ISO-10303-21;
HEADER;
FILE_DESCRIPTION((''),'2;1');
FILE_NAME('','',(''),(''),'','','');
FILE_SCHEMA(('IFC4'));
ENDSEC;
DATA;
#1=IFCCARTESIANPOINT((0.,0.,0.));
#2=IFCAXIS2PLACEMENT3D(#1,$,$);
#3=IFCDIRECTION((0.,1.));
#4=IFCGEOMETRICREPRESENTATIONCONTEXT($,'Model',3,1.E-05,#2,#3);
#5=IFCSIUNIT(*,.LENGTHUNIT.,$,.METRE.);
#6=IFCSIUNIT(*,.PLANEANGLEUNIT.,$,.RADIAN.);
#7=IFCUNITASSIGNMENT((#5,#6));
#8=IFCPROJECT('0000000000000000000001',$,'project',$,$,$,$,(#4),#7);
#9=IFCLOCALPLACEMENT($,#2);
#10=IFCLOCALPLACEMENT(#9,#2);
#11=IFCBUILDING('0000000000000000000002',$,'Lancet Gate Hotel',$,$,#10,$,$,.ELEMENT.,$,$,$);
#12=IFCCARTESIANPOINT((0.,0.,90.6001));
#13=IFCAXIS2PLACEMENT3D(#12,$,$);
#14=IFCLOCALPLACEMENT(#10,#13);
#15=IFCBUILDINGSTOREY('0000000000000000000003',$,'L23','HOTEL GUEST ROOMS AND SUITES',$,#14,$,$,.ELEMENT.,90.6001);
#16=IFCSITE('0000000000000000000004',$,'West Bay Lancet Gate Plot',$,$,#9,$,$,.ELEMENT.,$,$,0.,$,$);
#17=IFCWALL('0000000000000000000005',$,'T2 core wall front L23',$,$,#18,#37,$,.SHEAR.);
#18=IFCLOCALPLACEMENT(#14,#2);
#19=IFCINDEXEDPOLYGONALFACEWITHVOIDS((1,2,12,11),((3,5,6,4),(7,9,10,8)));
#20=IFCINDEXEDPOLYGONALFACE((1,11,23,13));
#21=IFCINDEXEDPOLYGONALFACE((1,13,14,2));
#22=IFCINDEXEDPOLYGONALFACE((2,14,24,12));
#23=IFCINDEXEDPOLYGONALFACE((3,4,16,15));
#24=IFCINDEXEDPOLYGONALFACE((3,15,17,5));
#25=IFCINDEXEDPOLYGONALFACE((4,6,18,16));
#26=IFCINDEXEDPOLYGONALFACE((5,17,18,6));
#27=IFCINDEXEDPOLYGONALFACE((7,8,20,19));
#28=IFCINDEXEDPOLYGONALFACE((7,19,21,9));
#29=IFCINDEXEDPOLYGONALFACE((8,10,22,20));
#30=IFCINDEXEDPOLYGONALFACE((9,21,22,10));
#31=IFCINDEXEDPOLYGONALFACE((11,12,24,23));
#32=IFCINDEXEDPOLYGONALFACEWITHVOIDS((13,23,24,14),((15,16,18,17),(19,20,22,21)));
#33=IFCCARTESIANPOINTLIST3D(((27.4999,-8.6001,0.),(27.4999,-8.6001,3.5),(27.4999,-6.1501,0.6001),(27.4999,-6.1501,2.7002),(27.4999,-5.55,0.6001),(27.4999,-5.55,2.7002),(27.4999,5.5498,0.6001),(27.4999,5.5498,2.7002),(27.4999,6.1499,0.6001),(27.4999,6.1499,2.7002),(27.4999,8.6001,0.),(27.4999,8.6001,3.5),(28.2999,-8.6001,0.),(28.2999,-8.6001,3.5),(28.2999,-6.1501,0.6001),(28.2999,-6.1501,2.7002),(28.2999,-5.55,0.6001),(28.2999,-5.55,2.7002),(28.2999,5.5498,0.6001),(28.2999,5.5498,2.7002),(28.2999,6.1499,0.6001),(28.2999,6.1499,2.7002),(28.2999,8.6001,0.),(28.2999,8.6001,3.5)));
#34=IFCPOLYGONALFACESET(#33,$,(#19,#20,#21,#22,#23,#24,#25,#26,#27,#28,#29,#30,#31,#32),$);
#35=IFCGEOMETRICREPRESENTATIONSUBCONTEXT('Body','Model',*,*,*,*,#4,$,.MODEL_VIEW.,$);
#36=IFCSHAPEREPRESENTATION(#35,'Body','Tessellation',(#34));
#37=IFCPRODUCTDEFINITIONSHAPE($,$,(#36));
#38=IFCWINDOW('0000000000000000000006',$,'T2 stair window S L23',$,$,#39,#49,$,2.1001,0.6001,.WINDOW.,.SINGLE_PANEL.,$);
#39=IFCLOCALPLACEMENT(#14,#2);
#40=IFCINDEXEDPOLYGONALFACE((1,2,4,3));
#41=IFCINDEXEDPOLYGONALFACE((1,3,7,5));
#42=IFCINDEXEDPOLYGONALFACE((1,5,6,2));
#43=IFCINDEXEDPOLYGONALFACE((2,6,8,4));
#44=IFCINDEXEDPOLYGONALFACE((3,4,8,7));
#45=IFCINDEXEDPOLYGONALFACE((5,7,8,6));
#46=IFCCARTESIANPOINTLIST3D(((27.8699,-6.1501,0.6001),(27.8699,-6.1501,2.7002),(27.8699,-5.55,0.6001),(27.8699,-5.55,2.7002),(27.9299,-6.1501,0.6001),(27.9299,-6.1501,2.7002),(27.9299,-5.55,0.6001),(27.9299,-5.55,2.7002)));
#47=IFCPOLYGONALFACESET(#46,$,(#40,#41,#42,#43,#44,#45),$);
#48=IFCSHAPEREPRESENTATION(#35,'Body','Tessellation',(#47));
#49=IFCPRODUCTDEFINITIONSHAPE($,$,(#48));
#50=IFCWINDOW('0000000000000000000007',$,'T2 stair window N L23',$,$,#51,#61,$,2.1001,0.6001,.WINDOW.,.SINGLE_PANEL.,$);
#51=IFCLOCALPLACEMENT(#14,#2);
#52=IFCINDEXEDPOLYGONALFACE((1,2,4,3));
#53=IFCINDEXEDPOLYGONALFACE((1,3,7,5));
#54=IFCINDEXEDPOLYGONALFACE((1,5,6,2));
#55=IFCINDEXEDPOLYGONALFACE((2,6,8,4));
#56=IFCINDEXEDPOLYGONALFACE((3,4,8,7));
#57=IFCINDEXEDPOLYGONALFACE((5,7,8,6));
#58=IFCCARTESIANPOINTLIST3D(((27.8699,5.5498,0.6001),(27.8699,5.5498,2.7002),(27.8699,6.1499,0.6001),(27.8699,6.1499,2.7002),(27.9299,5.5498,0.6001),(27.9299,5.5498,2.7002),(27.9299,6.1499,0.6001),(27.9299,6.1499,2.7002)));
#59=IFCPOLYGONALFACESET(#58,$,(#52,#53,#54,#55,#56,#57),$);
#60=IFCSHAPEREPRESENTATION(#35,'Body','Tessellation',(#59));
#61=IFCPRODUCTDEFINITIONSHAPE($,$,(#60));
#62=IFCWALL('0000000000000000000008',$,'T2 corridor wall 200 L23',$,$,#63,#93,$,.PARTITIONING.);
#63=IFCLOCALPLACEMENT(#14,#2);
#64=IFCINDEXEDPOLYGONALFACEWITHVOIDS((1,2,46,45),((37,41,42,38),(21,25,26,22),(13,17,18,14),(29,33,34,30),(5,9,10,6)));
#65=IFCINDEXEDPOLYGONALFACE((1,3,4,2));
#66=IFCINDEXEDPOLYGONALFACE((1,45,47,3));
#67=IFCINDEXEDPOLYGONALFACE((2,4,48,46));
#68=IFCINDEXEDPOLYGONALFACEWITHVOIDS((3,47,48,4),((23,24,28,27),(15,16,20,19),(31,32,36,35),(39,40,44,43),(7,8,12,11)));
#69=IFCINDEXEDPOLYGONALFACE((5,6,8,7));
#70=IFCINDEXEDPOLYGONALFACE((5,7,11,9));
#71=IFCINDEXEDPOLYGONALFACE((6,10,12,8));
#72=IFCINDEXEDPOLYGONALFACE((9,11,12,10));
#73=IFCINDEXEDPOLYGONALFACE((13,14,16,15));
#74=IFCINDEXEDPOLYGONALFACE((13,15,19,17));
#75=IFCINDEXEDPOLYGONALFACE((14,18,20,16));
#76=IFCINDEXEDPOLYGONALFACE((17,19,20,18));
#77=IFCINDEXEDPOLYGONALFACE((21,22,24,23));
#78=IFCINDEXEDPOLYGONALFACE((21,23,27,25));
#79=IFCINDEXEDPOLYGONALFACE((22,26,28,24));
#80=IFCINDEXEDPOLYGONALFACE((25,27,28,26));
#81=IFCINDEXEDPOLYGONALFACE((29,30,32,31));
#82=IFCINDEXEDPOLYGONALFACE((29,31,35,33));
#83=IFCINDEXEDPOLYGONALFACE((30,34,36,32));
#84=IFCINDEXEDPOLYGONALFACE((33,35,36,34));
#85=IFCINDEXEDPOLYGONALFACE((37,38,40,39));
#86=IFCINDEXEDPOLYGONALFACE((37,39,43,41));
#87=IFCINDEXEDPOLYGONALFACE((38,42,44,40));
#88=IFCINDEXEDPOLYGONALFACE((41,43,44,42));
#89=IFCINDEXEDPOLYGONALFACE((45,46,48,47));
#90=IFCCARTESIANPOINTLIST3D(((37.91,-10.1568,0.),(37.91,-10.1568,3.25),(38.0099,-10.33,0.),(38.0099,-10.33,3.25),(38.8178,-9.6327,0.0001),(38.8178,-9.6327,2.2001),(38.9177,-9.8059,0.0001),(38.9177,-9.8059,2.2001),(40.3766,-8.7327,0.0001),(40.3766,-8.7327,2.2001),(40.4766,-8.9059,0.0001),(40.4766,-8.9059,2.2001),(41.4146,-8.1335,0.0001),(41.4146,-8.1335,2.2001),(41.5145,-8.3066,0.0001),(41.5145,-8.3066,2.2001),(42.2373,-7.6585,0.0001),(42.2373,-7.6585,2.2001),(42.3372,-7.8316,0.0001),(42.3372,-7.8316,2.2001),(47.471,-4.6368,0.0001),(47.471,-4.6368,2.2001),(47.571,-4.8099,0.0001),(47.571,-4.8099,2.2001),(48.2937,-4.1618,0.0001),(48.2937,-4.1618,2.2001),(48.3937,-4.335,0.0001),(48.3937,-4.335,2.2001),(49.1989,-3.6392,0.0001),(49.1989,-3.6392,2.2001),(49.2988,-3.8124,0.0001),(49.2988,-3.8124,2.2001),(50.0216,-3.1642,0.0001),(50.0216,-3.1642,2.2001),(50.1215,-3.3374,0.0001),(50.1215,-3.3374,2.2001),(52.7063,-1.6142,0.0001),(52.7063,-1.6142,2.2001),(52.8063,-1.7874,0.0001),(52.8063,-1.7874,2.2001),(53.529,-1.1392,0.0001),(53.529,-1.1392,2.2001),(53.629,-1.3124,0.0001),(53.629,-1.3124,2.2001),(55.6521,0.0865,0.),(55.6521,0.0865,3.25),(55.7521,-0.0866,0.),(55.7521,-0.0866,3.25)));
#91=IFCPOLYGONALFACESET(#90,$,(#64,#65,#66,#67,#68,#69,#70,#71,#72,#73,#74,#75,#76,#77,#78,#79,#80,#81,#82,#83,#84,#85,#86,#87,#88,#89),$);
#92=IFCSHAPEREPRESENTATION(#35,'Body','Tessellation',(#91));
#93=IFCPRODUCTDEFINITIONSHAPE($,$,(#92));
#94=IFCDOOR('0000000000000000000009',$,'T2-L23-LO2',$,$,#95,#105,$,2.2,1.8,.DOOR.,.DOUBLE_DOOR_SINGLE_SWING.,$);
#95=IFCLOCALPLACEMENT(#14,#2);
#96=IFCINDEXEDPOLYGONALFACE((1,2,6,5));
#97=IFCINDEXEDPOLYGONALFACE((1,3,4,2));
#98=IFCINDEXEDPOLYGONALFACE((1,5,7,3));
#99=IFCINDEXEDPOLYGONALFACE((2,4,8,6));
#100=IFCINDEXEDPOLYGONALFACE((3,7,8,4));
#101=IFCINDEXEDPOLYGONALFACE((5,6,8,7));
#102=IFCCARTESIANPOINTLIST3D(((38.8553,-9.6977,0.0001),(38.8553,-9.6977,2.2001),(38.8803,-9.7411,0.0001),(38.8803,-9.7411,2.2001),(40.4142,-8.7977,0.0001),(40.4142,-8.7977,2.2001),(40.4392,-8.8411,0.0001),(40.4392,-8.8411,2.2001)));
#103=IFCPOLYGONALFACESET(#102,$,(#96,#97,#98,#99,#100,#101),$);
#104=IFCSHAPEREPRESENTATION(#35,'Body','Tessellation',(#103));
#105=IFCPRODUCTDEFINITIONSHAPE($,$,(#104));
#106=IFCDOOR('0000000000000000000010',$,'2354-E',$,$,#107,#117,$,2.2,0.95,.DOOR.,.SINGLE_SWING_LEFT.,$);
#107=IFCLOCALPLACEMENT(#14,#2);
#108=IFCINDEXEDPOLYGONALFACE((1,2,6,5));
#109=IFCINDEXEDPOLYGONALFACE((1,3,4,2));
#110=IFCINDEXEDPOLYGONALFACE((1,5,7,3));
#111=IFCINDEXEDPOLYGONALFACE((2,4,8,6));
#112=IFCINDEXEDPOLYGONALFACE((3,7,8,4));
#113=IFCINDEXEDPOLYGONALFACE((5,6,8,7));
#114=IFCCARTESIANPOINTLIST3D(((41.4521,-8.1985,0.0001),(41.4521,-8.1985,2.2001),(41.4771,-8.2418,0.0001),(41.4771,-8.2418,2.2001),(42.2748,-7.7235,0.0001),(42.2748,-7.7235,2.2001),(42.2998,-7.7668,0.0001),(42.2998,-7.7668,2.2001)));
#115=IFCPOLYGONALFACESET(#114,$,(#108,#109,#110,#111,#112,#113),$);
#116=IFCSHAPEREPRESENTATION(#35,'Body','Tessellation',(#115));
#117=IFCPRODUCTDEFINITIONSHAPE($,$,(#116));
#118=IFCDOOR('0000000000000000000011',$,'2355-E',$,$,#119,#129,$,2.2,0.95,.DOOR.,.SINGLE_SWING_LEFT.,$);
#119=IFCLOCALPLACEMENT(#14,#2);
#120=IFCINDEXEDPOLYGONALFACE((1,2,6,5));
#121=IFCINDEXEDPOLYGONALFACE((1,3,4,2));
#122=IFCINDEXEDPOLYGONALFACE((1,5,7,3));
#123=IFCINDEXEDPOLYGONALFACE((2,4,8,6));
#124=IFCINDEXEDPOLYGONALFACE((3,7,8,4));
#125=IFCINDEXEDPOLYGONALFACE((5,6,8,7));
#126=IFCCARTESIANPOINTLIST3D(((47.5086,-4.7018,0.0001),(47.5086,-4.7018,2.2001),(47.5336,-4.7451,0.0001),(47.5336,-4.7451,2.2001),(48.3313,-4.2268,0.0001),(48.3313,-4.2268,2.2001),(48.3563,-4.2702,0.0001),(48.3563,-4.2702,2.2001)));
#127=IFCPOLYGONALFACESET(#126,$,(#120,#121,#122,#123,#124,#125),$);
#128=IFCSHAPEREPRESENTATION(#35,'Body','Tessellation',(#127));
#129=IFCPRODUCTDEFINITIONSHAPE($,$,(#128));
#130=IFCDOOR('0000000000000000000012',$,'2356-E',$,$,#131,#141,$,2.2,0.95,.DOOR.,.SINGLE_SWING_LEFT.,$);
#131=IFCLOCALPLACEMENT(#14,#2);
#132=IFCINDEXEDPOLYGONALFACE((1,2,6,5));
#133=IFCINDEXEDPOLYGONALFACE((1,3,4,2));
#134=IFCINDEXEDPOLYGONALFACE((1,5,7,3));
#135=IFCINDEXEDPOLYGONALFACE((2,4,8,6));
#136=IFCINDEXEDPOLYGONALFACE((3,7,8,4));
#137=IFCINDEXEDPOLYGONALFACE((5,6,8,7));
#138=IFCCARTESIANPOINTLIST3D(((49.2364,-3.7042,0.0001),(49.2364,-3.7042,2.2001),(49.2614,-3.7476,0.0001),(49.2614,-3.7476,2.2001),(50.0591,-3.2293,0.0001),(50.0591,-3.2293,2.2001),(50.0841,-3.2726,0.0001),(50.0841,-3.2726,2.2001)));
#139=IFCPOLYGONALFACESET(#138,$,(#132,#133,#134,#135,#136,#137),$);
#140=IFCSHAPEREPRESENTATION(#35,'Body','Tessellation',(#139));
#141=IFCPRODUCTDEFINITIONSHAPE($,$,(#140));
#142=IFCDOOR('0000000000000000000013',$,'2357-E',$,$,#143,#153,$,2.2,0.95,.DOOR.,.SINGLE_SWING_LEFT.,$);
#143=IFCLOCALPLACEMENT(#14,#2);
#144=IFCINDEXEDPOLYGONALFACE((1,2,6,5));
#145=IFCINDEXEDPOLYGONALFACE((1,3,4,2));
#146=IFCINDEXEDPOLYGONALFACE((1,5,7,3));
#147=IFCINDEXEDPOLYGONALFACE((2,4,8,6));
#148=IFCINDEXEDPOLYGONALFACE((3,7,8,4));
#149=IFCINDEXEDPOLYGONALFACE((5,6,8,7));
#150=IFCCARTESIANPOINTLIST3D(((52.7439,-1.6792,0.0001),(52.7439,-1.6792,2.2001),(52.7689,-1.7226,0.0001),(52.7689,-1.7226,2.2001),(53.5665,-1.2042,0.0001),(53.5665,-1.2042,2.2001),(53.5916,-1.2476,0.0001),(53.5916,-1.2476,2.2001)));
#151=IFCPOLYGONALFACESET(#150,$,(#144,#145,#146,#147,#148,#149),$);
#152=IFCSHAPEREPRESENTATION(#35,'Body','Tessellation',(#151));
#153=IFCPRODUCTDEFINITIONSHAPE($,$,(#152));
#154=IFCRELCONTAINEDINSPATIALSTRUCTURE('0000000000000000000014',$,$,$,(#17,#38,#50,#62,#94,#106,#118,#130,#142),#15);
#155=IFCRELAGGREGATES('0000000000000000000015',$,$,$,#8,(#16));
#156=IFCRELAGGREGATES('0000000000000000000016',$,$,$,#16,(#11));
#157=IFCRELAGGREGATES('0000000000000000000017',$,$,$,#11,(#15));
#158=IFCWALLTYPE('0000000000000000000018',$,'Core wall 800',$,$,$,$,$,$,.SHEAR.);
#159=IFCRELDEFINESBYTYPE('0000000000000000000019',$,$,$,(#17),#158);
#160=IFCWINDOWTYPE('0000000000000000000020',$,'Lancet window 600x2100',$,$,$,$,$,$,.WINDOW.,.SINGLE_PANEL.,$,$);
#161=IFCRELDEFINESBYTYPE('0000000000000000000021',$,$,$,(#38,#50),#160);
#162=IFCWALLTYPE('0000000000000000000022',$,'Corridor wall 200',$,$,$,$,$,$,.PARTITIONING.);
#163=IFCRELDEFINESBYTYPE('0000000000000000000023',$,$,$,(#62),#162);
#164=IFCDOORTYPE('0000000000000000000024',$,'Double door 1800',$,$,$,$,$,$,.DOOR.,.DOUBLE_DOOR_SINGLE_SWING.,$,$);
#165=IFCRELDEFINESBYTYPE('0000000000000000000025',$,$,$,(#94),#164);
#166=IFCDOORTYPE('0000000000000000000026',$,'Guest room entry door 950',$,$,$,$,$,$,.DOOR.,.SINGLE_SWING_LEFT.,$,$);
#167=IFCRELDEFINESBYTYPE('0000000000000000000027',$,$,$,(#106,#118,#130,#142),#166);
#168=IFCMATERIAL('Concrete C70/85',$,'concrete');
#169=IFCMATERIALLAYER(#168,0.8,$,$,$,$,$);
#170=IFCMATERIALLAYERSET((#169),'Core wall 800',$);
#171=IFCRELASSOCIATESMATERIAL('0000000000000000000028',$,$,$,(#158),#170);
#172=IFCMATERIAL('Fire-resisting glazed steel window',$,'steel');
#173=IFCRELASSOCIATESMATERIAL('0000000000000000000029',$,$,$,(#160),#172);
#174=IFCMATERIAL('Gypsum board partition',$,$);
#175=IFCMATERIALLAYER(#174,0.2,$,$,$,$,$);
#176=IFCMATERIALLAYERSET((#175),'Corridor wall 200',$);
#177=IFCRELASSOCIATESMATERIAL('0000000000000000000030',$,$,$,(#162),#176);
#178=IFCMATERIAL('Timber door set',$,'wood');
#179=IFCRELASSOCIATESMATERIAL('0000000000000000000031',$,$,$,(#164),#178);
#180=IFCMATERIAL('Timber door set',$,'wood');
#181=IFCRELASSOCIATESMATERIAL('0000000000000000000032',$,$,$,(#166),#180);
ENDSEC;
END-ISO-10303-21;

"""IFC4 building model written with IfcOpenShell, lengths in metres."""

from ifc_helpers import new_model, si_unit, direction, frame, frame_2d, origin, place, context, subcontext, project, spatial, rectangle, extrude, material, layer, layer_set, type_object, element, fill, save


model = new_model("IFC4")

# Units and contexts
model_context = context("Model", 3, precision=1e-05, world=origin(), true_north=direction((0.0, 1.0)))
body_context = subcontext(model_context, "Body", "Model", "MODEL_VIEW")
ifc_project = project(units=[si_unit("LENGTHUNIT", "METRE"), si_unit("PLANEANGLEUNIT", "RADIAN")], contexts=[model_context])

# Site, building, storey
site_placement = place(None, origin())
site = spatial("IfcSite", under=ifc_project, at=site_placement, Name="West Bay Lancet Gate Plot", CompositionType="ELEMENT", RefElevation=0.0)
building_placement = place(site_placement, origin())
building = spatial("IfcBuilding", under=site, at=building_placement, Name="Lancet Gate Hotel", CompositionType="ELEMENT")
storey_placement = place(building_placement, frame((0.0, 0.0, 90.6001)))
storey = spatial("IfcBuildingStorey", under=building, at=storey_placement, Name="L23", Description="HOTEL GUEST ROOMS AND SUITES", CompositionType="ELEMENT", Elevation=90.6001)

# Wall, openings, windows
ifc_material_1 = material(Name="Concrete C70/85", Category="concrete")
ifc_layer_1 = layer(ifc_material_1, 0.8)
ifc_layer_set_1 = layer_set([ifc_layer_1], Name="Core wall 800")
wall_type_1 = type_object("IfcWallType", Name="Core wall 800", PredefinedType="SHEAR", material=ifc_layer_set_1)
wall_1_placement = place(storey_placement, frame((27.8999, -8.6001, 0.0), z_axis=(0.0, 0.0, 1.0), x_axis=(0.0, 1.0, 0.0)))
wall_1 = element("IfcWall", 1, at=wall_1_placement, inside=storey, type_object=wall_type_1, Name="T2 core wall front L23", PredefinedType="SHEAR", context=body_context, shape_type="SweptSolid", body=[
    extrude(rectangle(XDim=17.2002, YDim=0.8, at=frame_2d((8.6001, 0.0))), origin(), (0.0, 0.0, 1.0), 3.5),
])
opening_1_placement = place(wall_1_placement, frame((2.45, 0.0, 0.6001)))
opening_1 = element("IfcOpeningElement", 2, at=opening_1_placement, cuts=wall_1, PredefinedType="OPENING", context=body_context, shape_type="SweptSolid", body=[
    extrude(rectangle(XDim=0.6001, YDim=2.1001, at=frame_2d((0.3, 1.05))), frame((0.0, 0.4099, 0.0), z_axis=(0.0, -1.0, 0.0), x_axis=(1.0, 0.0, 0.0)), (0.0, 0.0, 1.0), 0.8201),
])
opening_2_placement = place(wall_1_placement, frame((14.1499, 0.0, 0.6001)))
opening_2 = element("IfcOpeningElement", 3, at=opening_2_placement, cuts=wall_1, PredefinedType="OPENING", context=body_context, shape_type="SweptSolid", body=[
    extrude(rectangle(XDim=0.6001, YDim=2.1001, at=frame_2d((0.3, 1.05))), frame((0.0, 0.4099, 0.0), z_axis=(0.0, -1.0, 0.0), x_axis=(1.0, 0.0, 0.0)), (0.0, 0.0, 1.0), 0.8201),
])
ifc_material_2 = material(Name="Fire-resisting glazed steel window", Category="steel")
window_type = type_object("IfcWindowType", Name="Lancet window 600x2100", PartitioningType="SINGLE_PANEL", PredefinedType="WINDOW", material=ifc_material_2)
window_1_placement = place(opening_1_placement, origin())
window_1 = element("IfcWindow", 4, at=window_1_placement, inside=storey, type_object=window_type, Name="T2 stair window S L23", OverallHeight=2.1001, OverallWidth=0.6001, PartitioningType="SINGLE_PANEL", PredefinedType="WINDOW", context=body_context, shape_type="SweptSolid", body=[
    extrude(rectangle(XDim=0.6001, YDim=2.1001, at=frame_2d((0.3, 1.05))), frame((0.0, 0.03, 0.0), z_axis=(0.0, -1.0, 0.0), x_axis=(1.0, 0.0, 0.0)), (0.0, 0.0, 1.0), 0.0601),
])
fill(opening_1, window_1)
window_2_placement = place(opening_2_placement, origin())
window_2 = element("IfcWindow", 5, at=window_2_placement, inside=storey, type_object=window_type, Name="T2 stair window N L23", OverallHeight=2.1001, OverallWidth=0.6001, PartitioningType="SINGLE_PANEL", PredefinedType="WINDOW", context=body_context, shape_type="SweptSolid", body=[
    extrude(rectangle(XDim=0.6001, YDim=2.1001, at=frame_2d((0.3, 1.05))), frame((0.0, 0.03, 0.0), z_axis=(0.0, -1.0, 0.0), x_axis=(1.0, 0.0, 0.0)), (0.0, 0.0, 1.0), 0.0601),
])
fill(opening_2, window_2)

# Wall, openings, doors
ifc_material_3 = material(Name="Gypsum board partition")
ifc_layer_2 = layer(ifc_material_3, 0.2)
ifc_layer_set_2 = layer_set([ifc_layer_2], Name="Corridor wall 200")
wall_type_2 = type_object("IfcWallType", Name="Corridor wall 200", PredefinedType="PARTITIONING", material=ifc_layer_set_2)
wall_2_placement = place(storey_placement, frame((37.96, -10.2434, 0.0), z_axis=(0.0, 0.0, 1.0), x_axis=(0.866026, 0.499998, 0.0)))
wall_2 = element("IfcWall", 6, at=wall_2_placement, inside=storey, type_object=wall_type_2, Name="T2 corridor wall 200 L23", PredefinedType="PARTITIONING", context=body_context, shape_type="SweptSolid", body=[
    extrude(rectangle(XDim=20.4868, YDim=0.2, at=frame_2d((10.2434, 0.0))), origin(), (0.0, 0.0, 1.0), 3.25),
])
opening_3_placement = place(wall_2_placement, frame((4.0466, 0.0, 0.0)))
opening_3 = element("IfcOpeningElement", 7, at=opening_3_placement, cuts=wall_2, PredefinedType="OPENING", context=body_context, shape_type="SweptSolid", body=[
    extrude(rectangle(XDim=0.95, YDim=2.2, at=frame_2d((0.4751, 1.1001))), frame((0.0, 0.1099, 0.0), z_axis=(0.0, -1.0, 0.0), x_axis=(1.0, 0.0, 0.0)), (0.0, 0.0, 1.0), 0.22),
])
opening_4_placement = place(wall_2_placement, frame((11.04, 0.0, 0.0)))
opening_4 = element("IfcOpeningElement", 8, at=opening_4_placement, cuts=wall_2, PredefinedType="OPENING", context=body_context, shape_type="SweptSolid", body=[
    extrude(rectangle(XDim=0.95, YDim=2.2, at=frame_2d((0.4751, 1.1001))), frame((0.0, 0.1099, 0.0), z_axis=(0.0, -1.0, 0.0), x_axis=(1.0, 0.0, 0.0)), (0.0, 0.0, 1.0), 0.22),
])
opening_5_placement = place(wall_2_placement, frame((13.0352, 0.0, 0.0)))
opening_5 = element("IfcOpeningElement", 9, at=opening_5_placement, cuts=wall_2, PredefinedType="OPENING", context=body_context, shape_type="SweptSolid", body=[
    extrude(rectangle(XDim=0.95, YDim=2.2, at=frame_2d((0.4751, 1.1001))), frame((0.0, 0.1099, 0.0), z_axis=(0.0, -1.0, 0.0), x_axis=(1.0, 0.0, 0.0)), (0.0, 0.0, 1.0), 0.22),
])
opening_6_placement = place(wall_2_placement, frame((17.0852, 0.0, 0.0)))
opening_6 = element("IfcOpeningElement", 10, at=opening_6_placement, cuts=wall_2, PredefinedType="OPENING", context=body_context, shape_type="SweptSolid", body=[
    extrude(rectangle(XDim=0.95, YDim=2.2, at=frame_2d((0.4751, 1.1001))), frame((0.0, 0.1099, 0.0), z_axis=(0.0, -1.0, 0.0), x_axis=(1.0, 0.0, 0.0)), (0.0, 0.0, 1.0), 0.22),
])
opening_7_placement = place(wall_2_placement, frame((1.0483, 0.0, 0.0)))
opening_7 = element("IfcOpeningElement", 11, at=opening_7_placement, cuts=wall_2, PredefinedType="OPENING", context=body_context, shape_type="SweptSolid", body=[
    extrude(rectangle(XDim=1.8, YDim=2.2, at=frame_2d((0.8999, 1.1001))), frame((0.0, 0.1099, 0.0), z_axis=(0.0, -1.0, 0.0), x_axis=(1.0, 0.0, 0.0)), (0.0, 0.0, 1.0), 0.22),
])
ifc_material_4 = material(Name="Timber door set", Category="wood")
door_type_1 = type_object("IfcDoorType", Name="Double door 1800", OperationType="DOUBLE_DOOR_SINGLE_SWING", PredefinedType="DOOR", material=ifc_material_4)
door_1_placement = place(opening_7_placement, origin())
door_1 = element("IfcDoor", 12, at=door_1_placement, inside=storey, type_object=door_type_1, Name="T2-L23-LO2", OperationType="DOUBLE_DOOR_SINGLE_SWING", OverallHeight=2.2, OverallWidth=1.8, PredefinedType="DOOR", context=body_context, shape_type="SweptSolid", body=[
    extrude(rectangle(XDim=1.8, YDim=2.2, at=frame_2d((0.8999, 1.1001))), frame((0.0, 0.0249, 0.0), z_axis=(0.0, -1.0, 0.0), x_axis=(1.0, 0.0, 0.0)), (0.0, 0.0, 1.0), 0.05),
])
fill(opening_7, door_1)
ifc_material_5 = material(Name="Timber door set", Category="wood")
door_type_2 = type_object("IfcDoorType", Name="Guest room entry door 950", OperationType="SINGLE_SWING_LEFT", PredefinedType="DOOR", material=ifc_material_5)
door_2_placement = place(opening_3_placement, origin())
door_2 = element("IfcDoor", 13, at=door_2_placement, inside=storey, type_object=door_type_2, Name="2354-E", OperationType="SINGLE_SWING_LEFT", OverallHeight=2.2, OverallWidth=0.95, PredefinedType="DOOR", context=body_context, shape_type="SweptSolid", body=[
    extrude(rectangle(XDim=0.95, YDim=2.2, at=frame_2d((0.4751, 1.1001))), frame((0.0, 0.0249, 0.0), z_axis=(0.0, -1.0, 0.0), x_axis=(1.0, 0.0, 0.0)), (0.0, 0.0, 1.0), 0.05),
])
fill(opening_3, door_2)
door_3_placement = place(opening_4_placement, origin())
door_3 = element("IfcDoor", 14, at=door_3_placement, inside=storey, type_object=door_type_2, Name="2355-E", OperationType="SINGLE_SWING_LEFT", OverallHeight=2.2, OverallWidth=0.95, PredefinedType="DOOR", context=body_context, shape_type="SweptSolid", body=[
    extrude(rectangle(XDim=0.95, YDim=2.2, at=frame_2d((0.4751, 1.1001))), frame((0.0, 0.0249, 0.0), z_axis=(0.0, -1.0, 0.0), x_axis=(1.0, 0.0, 0.0)), (0.0, 0.0, 1.0), 0.05),
])
fill(opening_4, door_3)
door_4_placement = place(opening_5_placement, origin())
door_4 = element("IfcDoor", 15, at=door_4_placement, inside=storey, type_object=door_type_2, Name="2356-E", OperationType="SINGLE_SWING_LEFT", OverallHeight=2.2, OverallWidth=0.95, PredefinedType="DOOR", context=body_context, shape_type="SweptSolid", body=[
    extrude(rectangle(XDim=0.95, YDim=2.2, at=frame_2d((0.4751, 1.1001))), frame((0.0, 0.0249, 0.0), z_axis=(0.0, -1.0, 0.0), x_axis=(1.0, 0.0, 0.0)), (0.0, 0.0, 1.0), 0.05),
])
fill(opening_5, door_4)
door_5_placement = place(opening_6_placement, origin())
door_5 = element("IfcDoor", 16, at=door_5_placement, inside=storey, type_object=door_type_2, Name="2357-E", OperationType="SINGLE_SWING_LEFT", OverallHeight=2.2, OverallWidth=0.95, PredefinedType="DOOR", context=body_context, shape_type="SweptSolid", body=[
    extrude(rectangle(XDim=0.95, YDim=2.2, at=frame_2d((0.4751, 1.1001))), frame((0.0, 0.0249, 0.0), z_axis=(0.0, -1.0, 0.0), x_axis=(1.0, 0.0, 0.0)), (0.0, 0.0, 1.0), 0.05),
])
fill(opening_6, door_5)

save(model, "model.ifc")
